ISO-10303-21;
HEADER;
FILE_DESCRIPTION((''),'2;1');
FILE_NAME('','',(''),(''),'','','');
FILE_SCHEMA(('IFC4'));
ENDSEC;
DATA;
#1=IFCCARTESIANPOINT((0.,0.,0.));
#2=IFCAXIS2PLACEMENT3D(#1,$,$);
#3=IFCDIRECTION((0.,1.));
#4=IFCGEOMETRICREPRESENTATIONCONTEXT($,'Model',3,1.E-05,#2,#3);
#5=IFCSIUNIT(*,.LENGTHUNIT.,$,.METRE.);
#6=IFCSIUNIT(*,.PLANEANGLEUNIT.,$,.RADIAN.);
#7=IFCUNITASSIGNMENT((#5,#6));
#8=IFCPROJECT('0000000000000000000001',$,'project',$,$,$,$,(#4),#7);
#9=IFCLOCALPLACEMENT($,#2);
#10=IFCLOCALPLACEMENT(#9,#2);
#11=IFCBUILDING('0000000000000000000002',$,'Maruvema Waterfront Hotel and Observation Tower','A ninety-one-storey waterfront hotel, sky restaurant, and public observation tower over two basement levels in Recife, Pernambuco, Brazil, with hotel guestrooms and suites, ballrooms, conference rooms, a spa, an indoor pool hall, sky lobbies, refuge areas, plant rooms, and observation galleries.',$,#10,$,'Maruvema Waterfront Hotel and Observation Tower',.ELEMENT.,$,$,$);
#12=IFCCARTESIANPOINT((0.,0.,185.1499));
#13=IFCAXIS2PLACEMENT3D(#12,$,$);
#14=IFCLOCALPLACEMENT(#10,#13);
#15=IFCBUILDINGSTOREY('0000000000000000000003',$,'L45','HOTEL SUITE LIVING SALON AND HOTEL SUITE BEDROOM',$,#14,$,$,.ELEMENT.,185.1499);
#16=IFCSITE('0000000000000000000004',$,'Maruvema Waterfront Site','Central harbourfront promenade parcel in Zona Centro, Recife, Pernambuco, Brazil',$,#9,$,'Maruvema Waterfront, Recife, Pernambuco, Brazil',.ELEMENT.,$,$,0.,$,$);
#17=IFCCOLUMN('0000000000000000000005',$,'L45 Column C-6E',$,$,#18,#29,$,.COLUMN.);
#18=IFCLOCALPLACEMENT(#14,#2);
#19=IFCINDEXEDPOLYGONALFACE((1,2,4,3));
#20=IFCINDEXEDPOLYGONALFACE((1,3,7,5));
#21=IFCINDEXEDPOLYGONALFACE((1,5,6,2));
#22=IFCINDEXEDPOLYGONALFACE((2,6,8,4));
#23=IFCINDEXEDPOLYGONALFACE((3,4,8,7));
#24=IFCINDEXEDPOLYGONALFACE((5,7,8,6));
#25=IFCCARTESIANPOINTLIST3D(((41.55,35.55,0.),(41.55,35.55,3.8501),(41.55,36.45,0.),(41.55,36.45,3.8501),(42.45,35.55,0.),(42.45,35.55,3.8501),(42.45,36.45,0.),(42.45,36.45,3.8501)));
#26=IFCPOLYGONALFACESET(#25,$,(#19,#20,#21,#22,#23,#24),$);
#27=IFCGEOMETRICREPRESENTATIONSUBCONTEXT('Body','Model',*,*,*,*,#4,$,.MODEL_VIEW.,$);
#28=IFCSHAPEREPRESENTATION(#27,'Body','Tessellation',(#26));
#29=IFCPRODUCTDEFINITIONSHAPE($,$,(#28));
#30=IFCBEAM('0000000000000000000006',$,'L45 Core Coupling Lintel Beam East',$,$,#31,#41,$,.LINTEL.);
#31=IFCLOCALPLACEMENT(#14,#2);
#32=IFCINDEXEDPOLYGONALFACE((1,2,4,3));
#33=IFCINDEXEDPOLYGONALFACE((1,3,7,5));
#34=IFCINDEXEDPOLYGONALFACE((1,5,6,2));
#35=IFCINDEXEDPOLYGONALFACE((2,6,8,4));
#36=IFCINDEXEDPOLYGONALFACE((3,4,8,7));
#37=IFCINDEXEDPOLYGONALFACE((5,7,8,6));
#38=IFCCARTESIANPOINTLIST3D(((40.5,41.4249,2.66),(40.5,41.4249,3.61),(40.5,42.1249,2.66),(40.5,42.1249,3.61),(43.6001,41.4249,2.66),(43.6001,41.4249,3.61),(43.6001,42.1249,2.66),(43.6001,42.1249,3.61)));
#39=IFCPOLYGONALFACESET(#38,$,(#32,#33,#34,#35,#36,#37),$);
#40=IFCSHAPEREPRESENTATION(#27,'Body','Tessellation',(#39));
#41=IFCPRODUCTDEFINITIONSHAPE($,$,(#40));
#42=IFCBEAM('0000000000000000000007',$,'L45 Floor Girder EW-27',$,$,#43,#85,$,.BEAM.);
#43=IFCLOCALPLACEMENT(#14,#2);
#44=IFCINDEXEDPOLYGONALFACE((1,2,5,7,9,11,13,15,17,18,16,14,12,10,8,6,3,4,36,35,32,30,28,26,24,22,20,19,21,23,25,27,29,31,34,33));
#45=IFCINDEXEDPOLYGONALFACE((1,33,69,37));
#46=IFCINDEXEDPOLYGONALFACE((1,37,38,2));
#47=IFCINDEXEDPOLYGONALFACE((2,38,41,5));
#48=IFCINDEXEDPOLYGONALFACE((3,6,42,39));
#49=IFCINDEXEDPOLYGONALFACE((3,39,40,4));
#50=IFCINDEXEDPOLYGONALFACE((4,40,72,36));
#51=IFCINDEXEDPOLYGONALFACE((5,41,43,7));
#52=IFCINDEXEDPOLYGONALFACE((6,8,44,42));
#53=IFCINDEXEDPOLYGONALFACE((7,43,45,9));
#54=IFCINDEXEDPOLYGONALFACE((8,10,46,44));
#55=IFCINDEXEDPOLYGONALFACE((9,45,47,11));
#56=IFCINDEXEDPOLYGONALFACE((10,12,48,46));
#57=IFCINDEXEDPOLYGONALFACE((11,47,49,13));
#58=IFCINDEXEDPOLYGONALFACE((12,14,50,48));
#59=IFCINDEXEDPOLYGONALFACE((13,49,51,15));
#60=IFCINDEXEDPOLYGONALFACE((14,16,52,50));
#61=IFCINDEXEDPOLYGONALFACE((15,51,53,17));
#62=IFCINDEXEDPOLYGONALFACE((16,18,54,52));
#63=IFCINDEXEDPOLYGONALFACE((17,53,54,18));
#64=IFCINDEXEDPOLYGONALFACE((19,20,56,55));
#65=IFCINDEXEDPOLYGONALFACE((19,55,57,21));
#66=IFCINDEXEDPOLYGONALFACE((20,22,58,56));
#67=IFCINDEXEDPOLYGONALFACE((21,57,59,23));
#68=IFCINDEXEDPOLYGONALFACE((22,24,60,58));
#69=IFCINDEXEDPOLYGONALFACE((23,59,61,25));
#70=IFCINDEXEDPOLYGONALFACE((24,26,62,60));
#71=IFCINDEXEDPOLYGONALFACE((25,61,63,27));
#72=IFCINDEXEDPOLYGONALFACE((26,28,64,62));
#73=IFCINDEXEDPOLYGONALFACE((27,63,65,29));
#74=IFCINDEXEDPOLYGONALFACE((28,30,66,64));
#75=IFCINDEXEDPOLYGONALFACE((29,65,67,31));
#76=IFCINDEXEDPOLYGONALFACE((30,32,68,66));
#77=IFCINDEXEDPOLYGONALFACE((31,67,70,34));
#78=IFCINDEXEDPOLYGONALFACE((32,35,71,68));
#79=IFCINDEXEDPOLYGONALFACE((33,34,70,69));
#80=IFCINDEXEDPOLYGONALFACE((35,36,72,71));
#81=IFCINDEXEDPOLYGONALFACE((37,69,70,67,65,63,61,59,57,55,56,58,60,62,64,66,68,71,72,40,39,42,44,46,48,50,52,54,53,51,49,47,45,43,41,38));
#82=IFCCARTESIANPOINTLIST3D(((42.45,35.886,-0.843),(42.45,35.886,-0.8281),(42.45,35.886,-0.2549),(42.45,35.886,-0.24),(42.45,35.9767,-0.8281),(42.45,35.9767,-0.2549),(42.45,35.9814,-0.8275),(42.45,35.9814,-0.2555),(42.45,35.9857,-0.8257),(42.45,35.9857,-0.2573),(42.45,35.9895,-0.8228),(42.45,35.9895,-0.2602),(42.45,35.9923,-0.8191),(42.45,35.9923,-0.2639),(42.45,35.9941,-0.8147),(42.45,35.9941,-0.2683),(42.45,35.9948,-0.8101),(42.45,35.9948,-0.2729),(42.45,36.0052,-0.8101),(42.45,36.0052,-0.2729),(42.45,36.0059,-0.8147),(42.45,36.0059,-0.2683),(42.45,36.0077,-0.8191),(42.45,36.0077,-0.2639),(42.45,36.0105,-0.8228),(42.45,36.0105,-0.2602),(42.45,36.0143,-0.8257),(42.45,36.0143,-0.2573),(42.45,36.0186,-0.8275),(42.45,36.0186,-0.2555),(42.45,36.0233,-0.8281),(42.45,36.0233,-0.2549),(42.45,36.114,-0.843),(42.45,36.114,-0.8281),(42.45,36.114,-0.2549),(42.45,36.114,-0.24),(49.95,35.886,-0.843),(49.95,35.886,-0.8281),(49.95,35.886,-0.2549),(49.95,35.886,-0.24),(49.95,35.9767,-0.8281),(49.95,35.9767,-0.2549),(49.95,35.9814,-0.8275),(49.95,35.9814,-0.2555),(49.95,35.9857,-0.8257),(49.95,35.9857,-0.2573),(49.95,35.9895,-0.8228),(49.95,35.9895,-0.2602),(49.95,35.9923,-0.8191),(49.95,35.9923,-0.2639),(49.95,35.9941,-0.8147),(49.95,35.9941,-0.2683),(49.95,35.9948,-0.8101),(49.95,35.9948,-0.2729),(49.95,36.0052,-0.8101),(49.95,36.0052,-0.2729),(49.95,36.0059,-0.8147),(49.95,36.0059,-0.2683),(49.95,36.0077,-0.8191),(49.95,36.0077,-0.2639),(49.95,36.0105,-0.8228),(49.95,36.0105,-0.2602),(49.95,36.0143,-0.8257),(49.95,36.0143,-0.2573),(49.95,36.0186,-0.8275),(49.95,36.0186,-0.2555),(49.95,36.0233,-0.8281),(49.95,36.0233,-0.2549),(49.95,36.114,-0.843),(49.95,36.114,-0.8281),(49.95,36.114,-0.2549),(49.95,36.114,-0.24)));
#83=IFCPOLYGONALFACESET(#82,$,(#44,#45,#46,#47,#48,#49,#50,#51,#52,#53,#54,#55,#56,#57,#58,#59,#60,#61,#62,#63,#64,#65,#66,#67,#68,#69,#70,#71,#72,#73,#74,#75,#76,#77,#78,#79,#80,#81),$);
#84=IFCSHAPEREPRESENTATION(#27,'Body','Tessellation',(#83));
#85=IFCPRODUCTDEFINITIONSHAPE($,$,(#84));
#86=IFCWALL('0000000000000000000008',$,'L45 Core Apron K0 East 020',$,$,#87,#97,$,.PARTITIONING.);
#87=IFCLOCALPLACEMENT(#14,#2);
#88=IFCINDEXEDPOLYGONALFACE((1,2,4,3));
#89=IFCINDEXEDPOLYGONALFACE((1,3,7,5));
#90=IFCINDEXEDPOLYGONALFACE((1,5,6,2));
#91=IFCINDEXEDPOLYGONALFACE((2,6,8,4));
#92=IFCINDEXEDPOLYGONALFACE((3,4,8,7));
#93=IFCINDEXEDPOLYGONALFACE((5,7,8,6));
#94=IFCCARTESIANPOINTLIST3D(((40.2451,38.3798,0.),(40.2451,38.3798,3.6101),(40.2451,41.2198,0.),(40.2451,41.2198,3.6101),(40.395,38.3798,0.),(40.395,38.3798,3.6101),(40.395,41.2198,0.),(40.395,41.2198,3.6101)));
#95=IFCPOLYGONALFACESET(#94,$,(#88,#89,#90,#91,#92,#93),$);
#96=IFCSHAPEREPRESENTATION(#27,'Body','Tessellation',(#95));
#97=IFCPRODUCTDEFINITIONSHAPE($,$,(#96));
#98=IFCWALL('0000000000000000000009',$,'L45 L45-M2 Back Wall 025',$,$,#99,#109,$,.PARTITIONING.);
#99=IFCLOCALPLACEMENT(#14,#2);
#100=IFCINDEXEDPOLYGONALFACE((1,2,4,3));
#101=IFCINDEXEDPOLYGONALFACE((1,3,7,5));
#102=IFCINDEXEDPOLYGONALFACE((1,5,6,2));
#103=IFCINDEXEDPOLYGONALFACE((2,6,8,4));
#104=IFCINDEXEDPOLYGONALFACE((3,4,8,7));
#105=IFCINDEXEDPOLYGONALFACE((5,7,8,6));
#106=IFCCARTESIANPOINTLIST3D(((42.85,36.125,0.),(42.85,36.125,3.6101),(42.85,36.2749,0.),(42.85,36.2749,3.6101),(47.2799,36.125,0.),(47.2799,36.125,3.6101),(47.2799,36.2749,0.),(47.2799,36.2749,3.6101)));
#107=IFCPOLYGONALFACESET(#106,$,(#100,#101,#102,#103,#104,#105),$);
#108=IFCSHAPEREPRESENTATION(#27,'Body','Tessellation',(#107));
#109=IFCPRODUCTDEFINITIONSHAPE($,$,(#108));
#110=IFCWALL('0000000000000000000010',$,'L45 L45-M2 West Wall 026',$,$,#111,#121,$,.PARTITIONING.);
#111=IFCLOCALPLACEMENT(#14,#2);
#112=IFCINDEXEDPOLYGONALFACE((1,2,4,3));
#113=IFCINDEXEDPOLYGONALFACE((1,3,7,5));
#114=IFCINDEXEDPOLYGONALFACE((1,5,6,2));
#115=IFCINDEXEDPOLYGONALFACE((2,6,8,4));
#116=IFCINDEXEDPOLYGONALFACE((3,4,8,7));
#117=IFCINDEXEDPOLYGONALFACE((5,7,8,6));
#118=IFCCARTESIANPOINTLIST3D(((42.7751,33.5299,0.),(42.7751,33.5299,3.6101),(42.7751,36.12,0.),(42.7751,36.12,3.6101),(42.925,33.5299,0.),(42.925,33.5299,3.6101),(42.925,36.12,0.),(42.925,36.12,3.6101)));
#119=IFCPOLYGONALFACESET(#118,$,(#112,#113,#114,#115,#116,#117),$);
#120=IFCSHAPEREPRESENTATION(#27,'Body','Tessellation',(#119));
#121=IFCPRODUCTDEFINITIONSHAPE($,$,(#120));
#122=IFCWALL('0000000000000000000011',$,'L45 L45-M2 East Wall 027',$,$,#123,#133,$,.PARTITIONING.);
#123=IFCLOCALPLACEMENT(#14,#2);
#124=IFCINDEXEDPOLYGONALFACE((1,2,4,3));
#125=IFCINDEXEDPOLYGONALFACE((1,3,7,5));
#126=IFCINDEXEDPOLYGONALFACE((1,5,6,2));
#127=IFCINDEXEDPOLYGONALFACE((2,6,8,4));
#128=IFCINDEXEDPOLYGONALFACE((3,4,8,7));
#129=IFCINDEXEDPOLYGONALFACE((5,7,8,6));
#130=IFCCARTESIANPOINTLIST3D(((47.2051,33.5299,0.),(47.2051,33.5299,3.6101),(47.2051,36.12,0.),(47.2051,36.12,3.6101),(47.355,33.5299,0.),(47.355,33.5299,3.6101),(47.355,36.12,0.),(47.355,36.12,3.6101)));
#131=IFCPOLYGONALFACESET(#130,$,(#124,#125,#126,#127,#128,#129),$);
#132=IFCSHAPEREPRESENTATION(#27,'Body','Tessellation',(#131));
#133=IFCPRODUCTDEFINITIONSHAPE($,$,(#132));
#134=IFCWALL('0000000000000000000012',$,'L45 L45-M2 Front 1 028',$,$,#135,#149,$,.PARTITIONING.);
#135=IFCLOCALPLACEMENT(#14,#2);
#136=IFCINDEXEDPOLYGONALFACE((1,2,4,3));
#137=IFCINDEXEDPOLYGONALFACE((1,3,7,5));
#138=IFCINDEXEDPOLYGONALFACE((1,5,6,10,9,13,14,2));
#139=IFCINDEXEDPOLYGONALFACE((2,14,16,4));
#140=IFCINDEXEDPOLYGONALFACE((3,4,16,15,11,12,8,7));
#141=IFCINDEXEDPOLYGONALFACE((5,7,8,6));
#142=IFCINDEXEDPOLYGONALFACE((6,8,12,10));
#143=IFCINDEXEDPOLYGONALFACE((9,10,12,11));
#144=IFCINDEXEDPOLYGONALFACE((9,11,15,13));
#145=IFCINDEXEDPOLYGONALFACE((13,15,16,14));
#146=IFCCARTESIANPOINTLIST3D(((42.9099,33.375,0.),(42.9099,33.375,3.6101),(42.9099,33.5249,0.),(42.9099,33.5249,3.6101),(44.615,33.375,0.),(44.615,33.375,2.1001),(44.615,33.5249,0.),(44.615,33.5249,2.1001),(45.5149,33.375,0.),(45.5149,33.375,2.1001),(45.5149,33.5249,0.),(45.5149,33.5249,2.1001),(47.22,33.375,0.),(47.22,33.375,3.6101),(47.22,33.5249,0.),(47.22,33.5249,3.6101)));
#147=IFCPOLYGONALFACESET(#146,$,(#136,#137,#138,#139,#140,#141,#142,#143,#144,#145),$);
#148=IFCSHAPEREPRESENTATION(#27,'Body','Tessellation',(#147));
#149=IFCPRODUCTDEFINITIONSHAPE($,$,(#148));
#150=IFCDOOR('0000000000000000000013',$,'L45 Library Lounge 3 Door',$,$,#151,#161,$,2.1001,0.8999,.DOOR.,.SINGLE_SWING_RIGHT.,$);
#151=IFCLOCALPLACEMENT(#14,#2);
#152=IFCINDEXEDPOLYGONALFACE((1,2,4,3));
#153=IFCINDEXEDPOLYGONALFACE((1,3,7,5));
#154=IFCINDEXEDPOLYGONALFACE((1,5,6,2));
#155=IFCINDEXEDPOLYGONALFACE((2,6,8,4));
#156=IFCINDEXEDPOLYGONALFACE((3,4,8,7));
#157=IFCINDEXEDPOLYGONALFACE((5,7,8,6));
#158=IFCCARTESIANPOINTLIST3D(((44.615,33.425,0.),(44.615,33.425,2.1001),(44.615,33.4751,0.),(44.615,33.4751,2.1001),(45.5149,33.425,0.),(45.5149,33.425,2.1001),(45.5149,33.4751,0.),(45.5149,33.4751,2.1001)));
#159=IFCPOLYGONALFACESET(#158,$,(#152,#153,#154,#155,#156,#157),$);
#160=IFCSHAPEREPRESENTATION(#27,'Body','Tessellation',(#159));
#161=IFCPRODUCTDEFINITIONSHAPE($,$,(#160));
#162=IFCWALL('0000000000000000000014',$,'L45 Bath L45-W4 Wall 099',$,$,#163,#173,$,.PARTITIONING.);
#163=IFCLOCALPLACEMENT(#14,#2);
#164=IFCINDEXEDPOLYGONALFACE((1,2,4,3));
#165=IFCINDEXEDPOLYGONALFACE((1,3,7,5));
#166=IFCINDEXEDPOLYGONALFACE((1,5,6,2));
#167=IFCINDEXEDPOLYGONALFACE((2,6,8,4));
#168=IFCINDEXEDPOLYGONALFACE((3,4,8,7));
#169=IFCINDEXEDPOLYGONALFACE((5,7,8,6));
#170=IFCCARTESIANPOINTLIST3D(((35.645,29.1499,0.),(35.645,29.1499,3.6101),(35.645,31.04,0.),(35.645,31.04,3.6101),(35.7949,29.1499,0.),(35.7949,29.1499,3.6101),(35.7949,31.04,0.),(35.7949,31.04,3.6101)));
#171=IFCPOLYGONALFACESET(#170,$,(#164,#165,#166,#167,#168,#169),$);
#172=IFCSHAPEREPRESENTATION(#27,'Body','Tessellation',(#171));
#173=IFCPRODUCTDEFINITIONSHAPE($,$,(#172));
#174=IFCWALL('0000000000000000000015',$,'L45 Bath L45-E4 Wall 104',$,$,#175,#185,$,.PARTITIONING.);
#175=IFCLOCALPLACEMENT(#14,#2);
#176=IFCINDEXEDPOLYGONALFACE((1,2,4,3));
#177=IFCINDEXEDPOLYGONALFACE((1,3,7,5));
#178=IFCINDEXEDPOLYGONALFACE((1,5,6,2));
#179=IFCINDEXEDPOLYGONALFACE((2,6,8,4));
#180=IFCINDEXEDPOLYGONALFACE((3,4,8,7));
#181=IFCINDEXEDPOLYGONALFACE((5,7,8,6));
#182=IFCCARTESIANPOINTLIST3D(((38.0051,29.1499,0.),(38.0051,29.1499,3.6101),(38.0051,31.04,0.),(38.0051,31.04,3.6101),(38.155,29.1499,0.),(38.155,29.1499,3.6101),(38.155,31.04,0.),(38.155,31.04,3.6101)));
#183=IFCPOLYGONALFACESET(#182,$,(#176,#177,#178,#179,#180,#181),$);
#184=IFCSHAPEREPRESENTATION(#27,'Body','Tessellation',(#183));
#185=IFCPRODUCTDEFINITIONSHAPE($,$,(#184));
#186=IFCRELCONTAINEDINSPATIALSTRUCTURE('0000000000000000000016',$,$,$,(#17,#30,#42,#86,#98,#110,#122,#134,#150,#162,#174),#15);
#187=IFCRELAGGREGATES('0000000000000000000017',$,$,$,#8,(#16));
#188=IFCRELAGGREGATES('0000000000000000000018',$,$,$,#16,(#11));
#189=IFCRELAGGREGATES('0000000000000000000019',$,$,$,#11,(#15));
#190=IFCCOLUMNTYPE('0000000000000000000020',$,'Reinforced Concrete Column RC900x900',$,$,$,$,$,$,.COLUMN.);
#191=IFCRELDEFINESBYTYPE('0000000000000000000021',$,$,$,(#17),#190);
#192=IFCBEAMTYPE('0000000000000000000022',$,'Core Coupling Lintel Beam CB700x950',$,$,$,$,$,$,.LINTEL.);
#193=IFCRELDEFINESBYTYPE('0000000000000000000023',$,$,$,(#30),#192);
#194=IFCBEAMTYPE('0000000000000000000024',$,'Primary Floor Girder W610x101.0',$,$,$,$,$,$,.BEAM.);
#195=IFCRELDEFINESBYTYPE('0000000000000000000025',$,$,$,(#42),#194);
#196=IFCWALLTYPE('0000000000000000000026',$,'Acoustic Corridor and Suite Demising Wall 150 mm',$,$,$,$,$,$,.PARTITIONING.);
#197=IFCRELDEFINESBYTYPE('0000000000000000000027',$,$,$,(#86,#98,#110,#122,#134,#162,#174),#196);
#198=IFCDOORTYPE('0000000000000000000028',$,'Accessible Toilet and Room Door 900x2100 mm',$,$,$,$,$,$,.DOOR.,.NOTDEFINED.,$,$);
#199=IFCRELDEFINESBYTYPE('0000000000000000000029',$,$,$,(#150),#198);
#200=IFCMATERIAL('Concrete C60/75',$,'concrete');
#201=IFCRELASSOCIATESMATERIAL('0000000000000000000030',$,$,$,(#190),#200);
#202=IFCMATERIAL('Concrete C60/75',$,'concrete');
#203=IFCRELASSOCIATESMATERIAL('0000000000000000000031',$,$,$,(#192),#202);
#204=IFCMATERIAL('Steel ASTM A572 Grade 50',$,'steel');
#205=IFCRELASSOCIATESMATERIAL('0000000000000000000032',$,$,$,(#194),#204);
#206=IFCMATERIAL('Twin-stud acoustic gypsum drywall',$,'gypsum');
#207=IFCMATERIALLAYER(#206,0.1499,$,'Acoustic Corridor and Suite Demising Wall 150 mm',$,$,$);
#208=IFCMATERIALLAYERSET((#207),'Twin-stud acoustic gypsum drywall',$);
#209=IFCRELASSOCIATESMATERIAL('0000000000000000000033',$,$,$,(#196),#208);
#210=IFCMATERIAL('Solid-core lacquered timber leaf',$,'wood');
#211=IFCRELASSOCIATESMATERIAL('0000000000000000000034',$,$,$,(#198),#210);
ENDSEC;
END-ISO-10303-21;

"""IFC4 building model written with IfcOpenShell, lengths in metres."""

from ifc_helpers import new_model, si_unit, direction, frame, frame_2d, origin, origin_2d, place, context, subcontext, project, spatial, rectangle, i_section, extrude, material, layer, layer_set, material_profile, profile_set, type_object, element, fill, save


model = new_model("IFC4")

# Units and contexts
model_context = context("Model", 3, precision=1e-05, world=origin(), true_north=direction((0.0, 1.0)))
body_context = subcontext(model_context, "Body", "Model", "MODEL_VIEW")
ifc_project = project(units=[si_unit("LENGTHUNIT", "METRE"), si_unit("PLANEANGLEUNIT", "RADIAN")], contexts=[model_context])

# Site, building, storey
site_placement = place(None, origin())
site = spatial("IfcSite", under=ifc_project, at=site_placement, Name="Maruvema Waterfront Site", Description="Central harbourfront promenade parcel in Zona Centro, Recife, Pernambuco, Brazil", LongName="Maruvema Waterfront, Recife, Pernambuco, Brazil", CompositionType="ELEMENT", RefElevation=0.0)
building_placement = place(site_placement, origin())
building = spatial("IfcBuilding", under=site, at=building_placement, Name="Maruvema Waterfront Hotel and Observation Tower", Description="A ninety-one-storey waterfront hotel, sky restaurant, and public observation tower over two basement levels in Recife, Pernambuco, Brazil, with hotel guestrooms and suites, ballrooms, conference rooms, a spa, an indoor pool hall, sky lobbies, refuge areas, plant rooms, and observation galleries.", LongName="Maruvema Waterfront Hotel and Observation Tower", CompositionType="ELEMENT")
storey_placement = place(building_placement, frame((0.0, 0.0, 185.1499)))
storey = spatial("IfcBuildingStorey", under=building, at=storey_placement, Name="L45", Description="HOTEL SUITE LIVING SALON AND HOTEL SUITE BEDROOM", CompositionType="ELEMENT", Elevation=185.1499)

# Column
ifc_material_1 = material(Name="Concrete C60/75", Category="concrete")
ifc_material_profile_1 = material_profile(ifc_material_1, rectangle(XDim=0.8999, YDim=0.8999, at=origin_2d()), Name="RC900x900")
ifc_profile_set_1 = profile_set([ifc_material_profile_1], Name="Concrete C60/75")
column_type = type_object("IfcColumnType", Name="Reinforced Concrete Column RC900x900", PredefinedType="COLUMN", material=ifc_profile_set_1)
column_placement = place(storey_placement, frame((42.0, 36.0, 0.0), z_axis=(0.0, 0.0, 1.0), x_axis=(1.0, 0.0, 0.0)))
element("IfcColumn", 1, at=column_placement, inside=storey, type_object=column_type, Name="L45 Column C-6E", PredefinedType="COLUMN", context=body_context, shape_type="SweptSolid", body=[
    extrude(rectangle(XDim=0.8999, YDim=0.8999, at=origin_2d()), origin(), (0.0, 0.0, 1.0), 3.8501),
])

# Beams
ifc_material_2 = material(Name="Concrete C60/75", Category="concrete")
ifc_material_profile_2 = material_profile(ifc_material_2, rectangle(XDim=0.7, YDim=0.95, at=origin_2d()), Name="CB700x950")
ifc_profile_set_2 = profile_set([ifc_material_profile_2], Name="Concrete C60/75")
beam_type_1 = type_object("IfcBeamType", Name="Core Coupling Lintel Beam CB700x950", PredefinedType="LINTEL", material=ifc_profile_set_2)
beam_1_placement = place(storey_placement, frame((40.5, 41.7749, 3.135), z_axis=(1.0, 0.0, 0.0), x_axis=(0.0, 1.0, 0.0)))
element("IfcBeam", 2, at=beam_1_placement, inside=storey, type_object=beam_type_1, Name="L45 Core Coupling Lintel Beam East", PredefinedType="LINTEL", context=body_context, shape_type="SweptSolid", body=[
    extrude(rectangle(XDim=0.7, YDim=0.95, at=origin_2d()), origin(), (0.0, 0.0, 1.0), 3.1001),
])
ifc_material_3 = material(Name="Steel ASTM A572 Grade 50", Category="steel")
ifc_material_profile_3 = material_profile(ifc_material_3, i_section(OverallWidth=0.228, OverallDepth=0.603, WebThickness=0.0105, FlangeThickness=0.0149, FilletRadius=0.0181, at=origin_2d()), Name="W610x101.0")
ifc_profile_set_3 = profile_set([ifc_material_profile_3], Name="Steel ASTM A572 Grade 50")
beam_type_2 = type_object("IfcBeamType", Name="Primary Floor Girder W610x101.0", PredefinedType="BEAM", material=ifc_profile_set_3)
beam_2_placement = place(storey_placement, frame((42.45, 36.0, -0.5415), z_axis=(1.0, 0.0, 0.0), x_axis=(0.0, 1.0, 0.0)))
element("IfcBeam", 3, at=beam_2_placement, inside=storey, type_object=beam_type_2, Name="L45 Floor Girder EW-27", PredefinedType="BEAM", context=body_context, shape_type="SweptSolid", body=[
    extrude(i_section(OverallWidth=0.228, OverallDepth=0.603, WebThickness=0.0105, FlangeThickness=0.0149, FilletRadius=0.0181, at=origin_2d()), origin(), (0.0, 0.0, 1.0), 7.5),
])

# Walls
ifc_material_4 = material(Name="Twin-stud acoustic gypsum drywall", Category="gypsum")
ifc_layer_1 = layer(ifc_material_4, 0.1499, Name="Acoustic Corridor and Suite Demising Wall 150 mm")
ifc_layer_set_1 = layer_set([ifc_layer_1], Name="Twin-stud acoustic gypsum drywall")
wall_type_1 = type_object("IfcWallType", Name="Acoustic Corridor and Suite Demising Wall 150 mm", PredefinedType="PARTITIONING", material=ifc_layer_set_1)
wall_1_placement = place(storey_placement, frame((40.3201, 38.3799, 0.0), z_axis=(0.0, 0.0, 1.0), x_axis=(0.0, 1.0, 0.0)))
element("IfcWall", 4, at=wall_1_placement, inside=storey, type_object=wall_type_1, Name="L45 Core Apron K0 East 020", PredefinedType="PARTITIONING", context=body_context, shape_type="SweptSolid", body=[
    extrude(rectangle(XDim=2.8401, YDim=0.1499, at=frame_2d((1.4199, 0.0))), origin(), (0.0, 0.0, 1.0), 3.6101),
])
wall_2_placement = place(storey_placement, frame((42.8501, 36.2, 0.0), z_axis=(0.0, 0.0, 1.0), x_axis=(1.0, 0.0, 0.0)))
element("IfcWall", 5, at=wall_2_placement, inside=storey, type_object=wall_type_1, Name="L45 L45-M2 Back Wall 025", PredefinedType="PARTITIONING", context=body_context, shape_type="SweptSolid", body=[
    extrude(rectangle(XDim=4.4299, YDim=0.1499, at=frame_2d((2.2148, 0.0))), origin(), (0.0, 0.0, 1.0), 3.6101),
])
for number, where, z_axis, x_axis, name in (
    (6, (42.8501, 33.53, 0.0), (0.0, 0.0, 1.0), (0.0, 1.0, 0.0), "L45 L45-M2 West Wall 026"),
    (7, (47.28, 33.53, 0.0), (0.0, 0.0, 1.0), (0.0, 1.0, 0.0), "L45 L45-M2 East Wall 027"),
):
    element("IfcWall", number, at=place(storey_placement, frame(where, z_axis=z_axis, x_axis=x_axis)), inside=storey, type_object=wall_type_1, Name=name, PredefinedType="PARTITIONING", context=body_context, shape_type="SweptSolid", body=[
        extrude(rectangle(XDim=2.5901, YDim=0.1499, at=frame_2d((1.2949, 0.0))), origin(), (0.0, 0.0, 1.0), 3.6101),
    ])

# Wall, opening, door
wall_3_placement = place(storey_placement, frame((42.9099, 33.45, 0.0), z_axis=(0.0, 0.0, 1.0), x_axis=(1.0, 0.0, 0.0)))
wall_3 = element("IfcWall", 8, at=wall_3_placement, inside=storey, type_object=wall_type_1, Name="L45 L45-M2 Front 1 028", PredefinedType="PARTITIONING", context=body_context, shape_type="SweptSolid", body=[
    extrude(rectangle(XDim=4.3101, YDim=0.1499, at=frame_2d((2.155, 0.0))), origin(), (0.0, 0.0, 1.0), 3.6101),
])
opening_1_placement = place(wall_3_placement, frame((1.7051, 0.0, 0.0)))
opening_1 = element("IfcOpeningElement", 9, at=opening_1_placement, cuts=wall_3, PredefinedType="OPENING", context=body_context, shape_type="SweptSolid", body=[
    extrude(rectangle(XDim=0.8999, YDim=2.1001, at=frame_2d((0.45, 1.05))), frame((0.0, 0.085, 0.0), z_axis=(0.0, -1.0, 0.0), x_axis=(1.0, 0.0, 0.0)), (0.0, 0.0, 1.0), 0.1699),
])
ifc_material_5 = material(Name="Solid-core lacquered timber leaf", Category="wood")
door_type_1 = type_object("IfcDoorType", Name="Accessible Toilet and Room Door 900x2100 mm", OperationType="NOTDEFINED", PredefinedType="DOOR", material=ifc_material_5)
door_1_placement = place(opening_1_placement, frame((0.8999, 0.0, 0.0), z_axis=(0.0, 0.0, 1.0), x_axis=(-1.0, 0.0, 0.0)))
door_1 = element("IfcDoor", 10, at=door_1_placement, inside=storey, type_object=door_type_1, Name="L45 Library Lounge 3 Door", OperationType="SINGLE_SWING_RIGHT", OverallHeight=2.1001, OverallWidth=0.8999, PredefinedType="DOOR", context=body_context, shape_type="SweptSolid", body=[
    extrude(rectangle(XDim=0.8999, YDim=2.1001, at=frame_2d((0.45, 1.05))), frame((0.0, 0.0249, 0.0), z_axis=(0.0, -1.0, 0.0), x_axis=(1.0, 0.0, 0.0)), (0.0, 0.0, 1.0), 0.05),
])
fill(opening_1, door_1)

# Walls
for number, where, z_axis, x_axis, name in (
    (11, (35.72, 29.1499, 0.0), (0.0, 0.0, 1.0), (0.0, 1.0, 0.0), "L45 Bath L45-W4 Wall 099"),
    (12, (38.0801, 29.1499, 0.0), (0.0, 0.0, 1.0), (0.0, 1.0, 0.0), "L45 Bath L45-E4 Wall 104"),
):
    element("IfcWall", number, at=place(storey_placement, frame(where, z_axis=z_axis, x_axis=x_axis)), inside=storey, type_object=wall_type_1, Name=name, PredefinedType="PARTITIONING", context=body_context, shape_type="SweptSolid", body=[
        extrude(rectangle(XDim=1.8901, YDim=0.1499, at=frame_2d((0.9451, 0.0))), origin(), (0.0, 0.0, 1.0), 3.6101),
    ])

save(model, "model.ifc")
